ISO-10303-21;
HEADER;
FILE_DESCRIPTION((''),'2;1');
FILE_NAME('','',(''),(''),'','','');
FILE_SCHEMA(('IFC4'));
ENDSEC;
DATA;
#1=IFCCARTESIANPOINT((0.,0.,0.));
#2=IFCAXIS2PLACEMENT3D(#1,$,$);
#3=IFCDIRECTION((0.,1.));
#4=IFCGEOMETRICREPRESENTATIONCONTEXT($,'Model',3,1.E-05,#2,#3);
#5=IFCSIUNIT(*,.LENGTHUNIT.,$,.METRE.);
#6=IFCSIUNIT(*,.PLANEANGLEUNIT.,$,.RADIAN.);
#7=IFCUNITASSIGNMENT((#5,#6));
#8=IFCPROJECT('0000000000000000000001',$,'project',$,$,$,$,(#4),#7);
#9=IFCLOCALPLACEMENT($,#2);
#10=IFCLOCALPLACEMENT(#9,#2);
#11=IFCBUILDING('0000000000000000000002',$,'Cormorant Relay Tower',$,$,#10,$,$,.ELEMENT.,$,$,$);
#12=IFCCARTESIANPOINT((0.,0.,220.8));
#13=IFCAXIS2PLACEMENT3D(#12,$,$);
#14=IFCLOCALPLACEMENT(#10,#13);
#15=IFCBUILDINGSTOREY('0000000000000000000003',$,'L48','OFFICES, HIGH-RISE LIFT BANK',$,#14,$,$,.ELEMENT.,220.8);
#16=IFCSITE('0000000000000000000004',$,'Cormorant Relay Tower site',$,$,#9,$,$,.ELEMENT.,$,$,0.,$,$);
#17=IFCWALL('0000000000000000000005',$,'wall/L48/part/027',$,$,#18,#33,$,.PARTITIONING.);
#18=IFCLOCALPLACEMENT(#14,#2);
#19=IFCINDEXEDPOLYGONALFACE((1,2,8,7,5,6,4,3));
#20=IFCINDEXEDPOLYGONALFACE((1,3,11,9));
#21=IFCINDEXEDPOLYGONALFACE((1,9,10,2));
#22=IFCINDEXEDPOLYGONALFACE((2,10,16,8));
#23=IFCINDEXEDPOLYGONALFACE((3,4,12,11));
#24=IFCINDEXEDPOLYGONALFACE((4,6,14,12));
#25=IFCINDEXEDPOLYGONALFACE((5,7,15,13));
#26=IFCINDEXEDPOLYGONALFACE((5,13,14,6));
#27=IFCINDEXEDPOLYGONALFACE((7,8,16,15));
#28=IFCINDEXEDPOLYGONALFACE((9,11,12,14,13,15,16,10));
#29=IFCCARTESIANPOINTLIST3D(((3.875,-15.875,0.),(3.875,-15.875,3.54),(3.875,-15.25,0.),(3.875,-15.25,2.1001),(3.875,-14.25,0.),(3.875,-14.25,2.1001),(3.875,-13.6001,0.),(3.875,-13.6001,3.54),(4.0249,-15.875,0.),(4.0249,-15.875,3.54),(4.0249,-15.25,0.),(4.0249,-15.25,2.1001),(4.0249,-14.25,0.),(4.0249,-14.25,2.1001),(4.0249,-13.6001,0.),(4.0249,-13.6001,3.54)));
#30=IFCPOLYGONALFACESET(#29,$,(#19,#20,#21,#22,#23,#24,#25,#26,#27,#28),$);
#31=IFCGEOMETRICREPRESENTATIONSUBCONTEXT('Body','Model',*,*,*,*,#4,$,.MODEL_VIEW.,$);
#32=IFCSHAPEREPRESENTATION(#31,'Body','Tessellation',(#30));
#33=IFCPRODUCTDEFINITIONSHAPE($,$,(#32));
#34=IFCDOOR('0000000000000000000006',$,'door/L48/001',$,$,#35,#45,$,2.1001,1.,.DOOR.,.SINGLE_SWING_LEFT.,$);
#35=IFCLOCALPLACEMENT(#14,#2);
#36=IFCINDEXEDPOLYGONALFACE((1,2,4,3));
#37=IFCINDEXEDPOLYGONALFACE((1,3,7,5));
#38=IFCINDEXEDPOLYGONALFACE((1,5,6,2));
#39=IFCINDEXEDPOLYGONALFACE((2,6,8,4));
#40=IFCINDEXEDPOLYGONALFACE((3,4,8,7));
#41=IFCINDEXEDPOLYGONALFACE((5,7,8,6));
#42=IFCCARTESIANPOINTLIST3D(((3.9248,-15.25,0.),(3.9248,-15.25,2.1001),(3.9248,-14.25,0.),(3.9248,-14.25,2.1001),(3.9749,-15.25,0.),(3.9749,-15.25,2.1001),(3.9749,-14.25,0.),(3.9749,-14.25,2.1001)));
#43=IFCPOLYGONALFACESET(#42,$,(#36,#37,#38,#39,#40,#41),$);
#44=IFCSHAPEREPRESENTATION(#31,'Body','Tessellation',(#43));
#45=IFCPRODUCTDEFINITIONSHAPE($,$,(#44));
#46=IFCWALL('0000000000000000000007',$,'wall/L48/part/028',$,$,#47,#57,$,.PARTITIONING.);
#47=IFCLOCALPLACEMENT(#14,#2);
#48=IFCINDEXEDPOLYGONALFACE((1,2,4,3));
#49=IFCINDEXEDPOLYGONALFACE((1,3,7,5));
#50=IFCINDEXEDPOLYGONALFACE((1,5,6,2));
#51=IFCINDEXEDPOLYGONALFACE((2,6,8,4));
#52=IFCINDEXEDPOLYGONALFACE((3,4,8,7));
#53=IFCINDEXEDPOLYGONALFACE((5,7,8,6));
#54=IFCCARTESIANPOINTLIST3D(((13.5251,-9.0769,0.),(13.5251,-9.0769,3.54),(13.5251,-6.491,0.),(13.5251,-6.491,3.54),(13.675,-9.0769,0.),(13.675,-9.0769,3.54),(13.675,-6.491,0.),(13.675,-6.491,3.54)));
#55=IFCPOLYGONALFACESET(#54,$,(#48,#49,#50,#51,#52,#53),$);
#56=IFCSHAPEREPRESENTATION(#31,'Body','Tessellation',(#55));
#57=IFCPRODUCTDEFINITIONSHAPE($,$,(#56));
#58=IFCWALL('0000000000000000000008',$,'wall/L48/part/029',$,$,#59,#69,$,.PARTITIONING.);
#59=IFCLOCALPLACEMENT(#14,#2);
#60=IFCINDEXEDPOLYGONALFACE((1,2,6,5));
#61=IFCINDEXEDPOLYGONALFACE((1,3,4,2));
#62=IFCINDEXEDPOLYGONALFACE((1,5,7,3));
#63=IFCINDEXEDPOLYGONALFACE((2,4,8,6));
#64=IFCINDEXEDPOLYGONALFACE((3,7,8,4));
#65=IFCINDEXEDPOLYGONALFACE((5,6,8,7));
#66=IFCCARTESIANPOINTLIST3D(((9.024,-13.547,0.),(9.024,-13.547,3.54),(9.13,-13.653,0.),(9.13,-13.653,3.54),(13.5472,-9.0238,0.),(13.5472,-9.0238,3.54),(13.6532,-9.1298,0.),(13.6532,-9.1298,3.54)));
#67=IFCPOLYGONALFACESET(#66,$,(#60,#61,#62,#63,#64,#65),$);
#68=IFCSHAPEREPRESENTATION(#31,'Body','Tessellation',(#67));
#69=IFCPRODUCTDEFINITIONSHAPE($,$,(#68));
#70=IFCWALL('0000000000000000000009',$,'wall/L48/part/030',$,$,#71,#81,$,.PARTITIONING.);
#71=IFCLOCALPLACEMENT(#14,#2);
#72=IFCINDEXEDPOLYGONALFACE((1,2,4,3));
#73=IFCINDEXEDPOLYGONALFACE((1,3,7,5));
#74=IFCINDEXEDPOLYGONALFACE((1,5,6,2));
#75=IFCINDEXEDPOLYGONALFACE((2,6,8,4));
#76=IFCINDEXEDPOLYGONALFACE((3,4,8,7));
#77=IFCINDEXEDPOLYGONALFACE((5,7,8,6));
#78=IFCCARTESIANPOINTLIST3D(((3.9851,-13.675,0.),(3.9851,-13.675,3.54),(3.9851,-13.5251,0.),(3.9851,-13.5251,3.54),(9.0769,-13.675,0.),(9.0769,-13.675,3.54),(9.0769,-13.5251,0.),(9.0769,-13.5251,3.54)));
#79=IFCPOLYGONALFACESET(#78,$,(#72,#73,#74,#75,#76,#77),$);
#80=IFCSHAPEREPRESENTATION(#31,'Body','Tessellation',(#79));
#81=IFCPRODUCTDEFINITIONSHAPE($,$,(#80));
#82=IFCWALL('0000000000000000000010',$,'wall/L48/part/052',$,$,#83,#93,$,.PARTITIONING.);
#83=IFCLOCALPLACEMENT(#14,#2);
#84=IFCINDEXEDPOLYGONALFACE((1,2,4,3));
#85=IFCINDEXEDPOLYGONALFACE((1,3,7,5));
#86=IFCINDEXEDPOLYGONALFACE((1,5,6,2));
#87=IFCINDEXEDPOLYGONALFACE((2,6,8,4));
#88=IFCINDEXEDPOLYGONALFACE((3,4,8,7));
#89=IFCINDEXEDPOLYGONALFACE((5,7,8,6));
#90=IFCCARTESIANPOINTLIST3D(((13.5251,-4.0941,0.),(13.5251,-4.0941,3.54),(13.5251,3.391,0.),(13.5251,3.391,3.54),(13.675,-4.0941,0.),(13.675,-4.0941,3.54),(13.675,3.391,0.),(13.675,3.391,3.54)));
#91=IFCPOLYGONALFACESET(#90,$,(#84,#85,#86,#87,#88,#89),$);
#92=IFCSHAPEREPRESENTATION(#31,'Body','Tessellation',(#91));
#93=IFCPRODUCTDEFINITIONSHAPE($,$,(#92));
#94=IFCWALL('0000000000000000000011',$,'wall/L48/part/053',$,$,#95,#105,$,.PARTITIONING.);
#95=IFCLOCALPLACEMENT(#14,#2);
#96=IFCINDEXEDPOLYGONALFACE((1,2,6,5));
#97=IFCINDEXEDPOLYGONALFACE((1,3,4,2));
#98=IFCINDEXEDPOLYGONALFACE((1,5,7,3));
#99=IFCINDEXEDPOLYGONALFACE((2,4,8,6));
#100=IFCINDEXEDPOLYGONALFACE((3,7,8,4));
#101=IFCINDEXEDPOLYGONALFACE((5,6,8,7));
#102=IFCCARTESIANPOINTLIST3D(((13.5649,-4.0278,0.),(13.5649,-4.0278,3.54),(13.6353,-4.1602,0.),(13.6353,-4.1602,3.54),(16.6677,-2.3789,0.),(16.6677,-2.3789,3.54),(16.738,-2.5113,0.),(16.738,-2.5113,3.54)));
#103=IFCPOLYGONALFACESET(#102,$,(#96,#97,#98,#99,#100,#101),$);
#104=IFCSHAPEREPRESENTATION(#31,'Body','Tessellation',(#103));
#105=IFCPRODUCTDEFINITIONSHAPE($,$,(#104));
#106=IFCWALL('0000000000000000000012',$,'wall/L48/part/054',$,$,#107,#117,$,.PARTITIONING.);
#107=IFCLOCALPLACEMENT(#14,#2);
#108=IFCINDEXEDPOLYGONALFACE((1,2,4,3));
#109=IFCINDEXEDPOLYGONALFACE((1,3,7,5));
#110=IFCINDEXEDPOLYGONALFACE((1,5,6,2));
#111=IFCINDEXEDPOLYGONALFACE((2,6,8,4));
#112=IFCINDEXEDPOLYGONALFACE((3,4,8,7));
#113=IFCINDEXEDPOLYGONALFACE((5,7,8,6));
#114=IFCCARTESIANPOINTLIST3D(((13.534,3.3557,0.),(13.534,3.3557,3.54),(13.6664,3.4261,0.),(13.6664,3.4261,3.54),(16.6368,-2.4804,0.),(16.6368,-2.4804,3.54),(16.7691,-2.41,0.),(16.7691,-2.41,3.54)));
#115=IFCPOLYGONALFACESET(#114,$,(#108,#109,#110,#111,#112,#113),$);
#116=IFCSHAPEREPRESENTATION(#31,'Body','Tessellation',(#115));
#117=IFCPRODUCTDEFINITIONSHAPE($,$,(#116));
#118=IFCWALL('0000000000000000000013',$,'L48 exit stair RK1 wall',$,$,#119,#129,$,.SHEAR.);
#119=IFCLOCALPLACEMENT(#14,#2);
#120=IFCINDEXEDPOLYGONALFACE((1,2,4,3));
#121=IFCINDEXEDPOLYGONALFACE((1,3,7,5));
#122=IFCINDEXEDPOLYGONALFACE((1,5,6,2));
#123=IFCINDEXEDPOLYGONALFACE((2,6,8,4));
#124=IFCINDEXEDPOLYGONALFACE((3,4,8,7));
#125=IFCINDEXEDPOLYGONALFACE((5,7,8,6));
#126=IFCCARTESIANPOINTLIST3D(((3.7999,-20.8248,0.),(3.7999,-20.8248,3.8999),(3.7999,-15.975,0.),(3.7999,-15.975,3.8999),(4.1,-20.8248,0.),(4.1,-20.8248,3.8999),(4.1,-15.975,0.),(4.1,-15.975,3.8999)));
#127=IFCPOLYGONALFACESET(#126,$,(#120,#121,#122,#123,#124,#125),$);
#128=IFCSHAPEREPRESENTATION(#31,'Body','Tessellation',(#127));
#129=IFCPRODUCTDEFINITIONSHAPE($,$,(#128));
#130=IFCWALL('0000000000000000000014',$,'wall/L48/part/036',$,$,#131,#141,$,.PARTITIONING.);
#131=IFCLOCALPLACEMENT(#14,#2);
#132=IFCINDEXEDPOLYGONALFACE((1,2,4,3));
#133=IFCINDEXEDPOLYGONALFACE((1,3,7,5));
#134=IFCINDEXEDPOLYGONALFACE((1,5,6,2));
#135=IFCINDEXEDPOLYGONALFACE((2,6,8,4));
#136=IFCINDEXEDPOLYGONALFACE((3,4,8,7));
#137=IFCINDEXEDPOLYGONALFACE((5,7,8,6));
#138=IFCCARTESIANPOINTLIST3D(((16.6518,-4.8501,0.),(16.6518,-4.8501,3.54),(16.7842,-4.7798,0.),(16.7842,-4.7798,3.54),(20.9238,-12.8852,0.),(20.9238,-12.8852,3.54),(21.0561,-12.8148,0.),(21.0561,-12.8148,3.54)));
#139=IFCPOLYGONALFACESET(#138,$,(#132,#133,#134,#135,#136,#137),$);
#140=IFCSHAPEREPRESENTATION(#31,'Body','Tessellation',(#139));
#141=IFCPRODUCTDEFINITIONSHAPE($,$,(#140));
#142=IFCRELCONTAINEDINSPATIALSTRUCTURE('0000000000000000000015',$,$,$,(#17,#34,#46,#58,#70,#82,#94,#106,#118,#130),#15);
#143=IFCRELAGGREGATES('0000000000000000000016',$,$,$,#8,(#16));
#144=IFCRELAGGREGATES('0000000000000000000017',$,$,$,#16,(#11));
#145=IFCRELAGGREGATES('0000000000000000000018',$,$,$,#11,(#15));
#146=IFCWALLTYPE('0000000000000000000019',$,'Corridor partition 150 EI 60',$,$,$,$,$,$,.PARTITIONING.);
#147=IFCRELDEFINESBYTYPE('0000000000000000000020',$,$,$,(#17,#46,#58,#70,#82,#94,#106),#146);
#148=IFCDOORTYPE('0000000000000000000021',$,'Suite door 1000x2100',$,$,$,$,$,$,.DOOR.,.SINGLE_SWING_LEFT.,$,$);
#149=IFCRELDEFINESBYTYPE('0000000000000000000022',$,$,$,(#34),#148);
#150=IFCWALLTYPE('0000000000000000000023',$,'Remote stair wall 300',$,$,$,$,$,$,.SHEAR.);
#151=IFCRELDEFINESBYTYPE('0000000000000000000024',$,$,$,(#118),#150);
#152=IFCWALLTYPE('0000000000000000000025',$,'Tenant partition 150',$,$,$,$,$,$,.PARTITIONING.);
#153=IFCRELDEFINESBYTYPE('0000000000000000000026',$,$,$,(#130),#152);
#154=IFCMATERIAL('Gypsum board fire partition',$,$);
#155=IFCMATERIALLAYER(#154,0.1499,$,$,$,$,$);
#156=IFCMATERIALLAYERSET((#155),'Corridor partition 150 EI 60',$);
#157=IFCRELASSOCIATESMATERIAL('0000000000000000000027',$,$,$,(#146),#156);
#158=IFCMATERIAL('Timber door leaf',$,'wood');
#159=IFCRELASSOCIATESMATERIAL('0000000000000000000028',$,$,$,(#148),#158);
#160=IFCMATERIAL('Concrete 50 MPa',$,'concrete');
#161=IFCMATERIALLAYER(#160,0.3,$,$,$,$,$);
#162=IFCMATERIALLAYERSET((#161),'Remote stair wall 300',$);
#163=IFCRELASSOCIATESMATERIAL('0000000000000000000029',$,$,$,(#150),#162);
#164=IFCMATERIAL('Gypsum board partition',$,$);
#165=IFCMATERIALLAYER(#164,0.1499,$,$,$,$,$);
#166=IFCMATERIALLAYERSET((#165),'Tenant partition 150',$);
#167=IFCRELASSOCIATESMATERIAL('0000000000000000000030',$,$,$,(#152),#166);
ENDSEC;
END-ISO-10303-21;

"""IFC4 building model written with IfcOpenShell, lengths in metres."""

from ifc_helpers import new_model, si_unit, direction, frame, frame_2d, origin, place, context, subcontext, project, spatial, rectangle, extrude, material, layer, layer_set, type_object, element, fill, save


model = new_model("IFC4")

# Units and contexts
model_context = context("Model", 3, precision=1e-05, world=origin(), true_north=direction((0.0, 1.0)))
body_context = subcontext(model_context, "Body", "Model", "MODEL_VIEW")
ifc_project = project(units=[si_unit("LENGTHUNIT", "METRE"), si_unit("PLANEANGLEUNIT", "RADIAN")], contexts=[model_context])

# Site, building, storey
site_placement = place(None, origin())
site = spatial("IfcSite", under=ifc_project, at=site_placement, Name="Cormorant Relay Tower site", CompositionType="ELEMENT", RefElevation=0.0)
building_placement = place(site_placement, origin())
building = spatial("IfcBuilding", under=site, at=building_placement, Name="Cormorant Relay Tower", CompositionType="ELEMENT")
storey_placement = place(building_placement, frame((0.0, 0.0, 220.8)))
storey = spatial("IfcBuildingStorey", under=building, at=storey_placement, Name="L48", Description="OFFICES, HIGH-RISE LIFT BANK", CompositionType="ELEMENT", Elevation=220.8)

# Wall, opening, door
ifc_material_1 = material(Name="Gypsum board fire partition")
ifc_layer_1 = layer(ifc_material_1, 0.1499)
ifc_layer_set_1 = layer_set([ifc_layer_1], Name="Corridor partition 150 EI 60")
wall_type_1 = type_object("IfcWallType", Name="Corridor partition 150 EI 60", PredefinedType="PARTITIONING", material=ifc_layer_set_1)
wall_1_placement = place(storey_placement, frame((3.95, -13.6001, 0.0), z_axis=(0.0, 0.0, 1.0), x_axis=(0.0, -1.0, 0.0)))
wall_1 = element("IfcWall", 1, at=wall_1_placement, inside=storey, type_object=wall_type_1, Name="wall/L48/part/027", PredefinedType="PARTITIONING", context=body_context, shape_type="SweptSolid", body=[
    extrude(rectangle(XDim=2.2749, YDim=0.1499, at=frame_2d((1.1375, 0.0))), origin(), (0.0, 0.0, 1.0), 3.54),
])
opening_placement = place(wall_1_placement, frame((0.6499, 0.0, 0.0)))
opening = element("IfcOpeningElement", 2, at=opening_placement, cuts=wall_1, PredefinedType="OPENING", context=body_context, shape_type="SweptSolid", body=[
    extrude(rectangle(XDim=1.0, YDim=2.1001, at=frame_2d((0.5, 1.05))), frame((0.0, 0.085, 0.0), z_axis=(0.0, -1.0, 0.0), x_axis=(1.0, 0.0, 0.0)), (0.0, 0.0, 1.0), 0.1699),
])
ifc_material_2 = material(Name="Timber door leaf", Category="wood")
door_type = type_object("IfcDoorType", Name="Suite door 1000x2100", OperationType="SINGLE_SWING_LEFT", PredefinedType="DOOR", material=ifc_material_2)
door_placement = place(opening_placement, origin())
door = element("IfcDoor", 3, at=door_placement, inside=storey, type_object=door_type, Name="door/L48/001", OperationType="SINGLE_SWING_LEFT", OverallHeight=2.1001, OverallWidth=1.0, PredefinedType="DOOR", context=body_context, shape_type="SweptSolid", body=[
    extrude(rectangle(XDim=1.0, YDim=2.1001, at=frame_2d((0.5, 1.05))), frame((0.0, 0.0249, 0.0), z_axis=(0.0, -1.0, 0.0), x_axis=(1.0, 0.0, 0.0)), (0.0, 0.0, 1.0), 0.05),
])
fill(opening, door)

# Walls
wall_2_placement = place(storey_placement, frame((13.6001, -6.491, 0.0), z_axis=(0.0, 0.0, 1.0), x_axis=(0.0, -1.0, 0.0)))
element("IfcWall", 4, at=wall_2_placement, inside=storey, type_object=wall_type_1, Name="wall/L48/part/028", PredefinedType="PARTITIONING", context=body_context, shape_type="SweptSolid", body=[
    extrude(rectangle(XDim=2.5859, YDim=0.1499, at=frame_2d((1.293, 0.0))), origin(), (0.0, 0.0, 1.0), 3.54),
])
wall_3_placement = place(storey_placement, frame((13.6001, -9.0769, 0.0), z_axis=(0.0, 0.0, 1.0), x_axis=(-0.707107, -0.707107, 0.0)))
element("IfcWall", 5, at=wall_3_placement, inside=storey, type_object=wall_type_1, Name="wall/L48/part/029", PredefinedType="PARTITIONING", context=body_context, shape_type="SweptSolid", body=[
    extrude(rectangle(XDim=6.3967, YDim=0.1499, at=frame_2d((3.1982, 0.0))), origin(), (0.0, 0.0, 1.0), 3.54),
])
wall_4_placement = place(storey_placement, frame((9.0769, -13.6001, 0.0), z_axis=(0.0, 0.0, 1.0), x_axis=(-1.0, 0.0, 0.0)))
element("IfcWall", 6, at=wall_4_placement, inside=storey, type_object=wall_type_1, Name="wall/L48/part/030", PredefinedType="PARTITIONING", context=body_context, shape_type="SweptSolid", body=[
    extrude(rectangle(XDim=5.0918, YDim=0.1499, at=frame_2d((2.5459, 0.0))), origin(), (0.0, 0.0, 1.0), 3.54),
])
wall_5_placement = place(storey_placement, frame((13.6001, 3.3911, 0.0), z_axis=(0.0, 0.0, 1.0), x_axis=(0.0, -1.0, 0.0)))
element("IfcWall", 7, at=wall_5_placement, inside=storey, type_object=wall_type_1, Name="wall/L48/part/052", PredefinedType="PARTITIONING", context=body_context, shape_type="SweptSolid", body=[
    extrude(rectangle(XDim=7.4851, YDim=0.1499, at=frame_2d((3.7427, 0.0))), origin(), (0.0, 0.0, 1.0), 3.54),
])
wall_6_placement = place(storey_placement, frame((13.6001, -4.094, 0.0), z_axis=(0.0, 0.0, 1.0), x_axis=(0.883048, 0.469282, 0.0)))
element("IfcWall", 8, at=wall_6_placement, inside=storey, type_object=wall_type_1, Name="wall/L48/part/053", PredefinedType="PARTITIONING", context=body_context, shape_type="SweptSolid", body=[
    extrude(rectangle(XDim=3.5137, YDim=0.1499, at=frame_2d((1.7568, 0.0))), origin(), (0.0, 0.0, 1.0), 3.54),
])
wall_7_placement = place(storey_placement, frame((16.7029, -2.4451, 0.0), z_axis=(0.0, 0.0, 1.0), x_axis=(-0.469428, 0.882971, 0.0)))
element("IfcWall", 9, at=wall_7_placement, inside=storey, type_object=wall_type_1, Name="wall/L48/part/054", PredefinedType="PARTITIONING", context=body_context, shape_type="SweptSolid", body=[
    extrude(rectangle(XDim=6.6096, YDim=0.1499, at=frame_2d((3.3047, 0.0))), origin(), (0.0, 0.0, 1.0), 3.54),
])
ifc_material_3 = material(Name="Concrete 50 MPa", Category="concrete")
ifc_layer_2 = layer(ifc_material_3, 0.3)
ifc_layer_set_2 = layer_set([ifc_layer_2], Name="Remote stair wall 300")
wall_type_2 = type_object("IfcWallType", Name="Remote stair wall 300", PredefinedType="SHEAR", material=ifc_layer_set_2)
wall_8_placement = place(storey_placement, frame((3.95, -15.9751, 0.0), z_axis=(0.0, 0.0, 1.0), x_axis=(0.0, -1.0, 0.0)))
element("IfcWall", 10, at=wall_8_placement, inside=storey, type_object=wall_type_2, Name="L48 exit stair RK1 wall", PredefinedType="SHEAR", context=body_context, shape_type="SweptSolid", body=[
    extrude(rectangle(XDim=4.8499, YDim=0.3, at=frame_2d((2.4248, 0.0))), origin(), (0.0, 0.0, 1.0), 3.8999),
])
ifc_material_4 = material(Name="Gypsum board partition")
ifc_layer_3 = layer(ifc_material_4, 0.1499)
ifc_layer_set_3 = layer_set([ifc_layer_3], Name="Tenant partition 150")
wall_type_3 = type_object("IfcWallType", Name="Tenant partition 150", PredefinedType="PARTITIONING", material=ifc_layer_set_3)
wall_9_placement = place(storey_placement, frame((16.718, -4.8149, 0.0), z_axis=(0.0, 0.0, 1.0), x_axis=(0.469438, -0.882966, 0.0)))
element("IfcWall", 11, at=wall_9_placement, inside=storey, type_object=wall_type_3, Name="wall/L48/part/036", PredefinedType="PARTITIONING", context=body_context, shape_type="SweptSolid", body=[
    extrude(rectangle(XDim=9.1001, YDim=0.1499, at=frame_2d((4.55, 0.0))), origin(), (0.0, 0.0, 1.0), 3.54),
])

save(model, "model.ifc")
